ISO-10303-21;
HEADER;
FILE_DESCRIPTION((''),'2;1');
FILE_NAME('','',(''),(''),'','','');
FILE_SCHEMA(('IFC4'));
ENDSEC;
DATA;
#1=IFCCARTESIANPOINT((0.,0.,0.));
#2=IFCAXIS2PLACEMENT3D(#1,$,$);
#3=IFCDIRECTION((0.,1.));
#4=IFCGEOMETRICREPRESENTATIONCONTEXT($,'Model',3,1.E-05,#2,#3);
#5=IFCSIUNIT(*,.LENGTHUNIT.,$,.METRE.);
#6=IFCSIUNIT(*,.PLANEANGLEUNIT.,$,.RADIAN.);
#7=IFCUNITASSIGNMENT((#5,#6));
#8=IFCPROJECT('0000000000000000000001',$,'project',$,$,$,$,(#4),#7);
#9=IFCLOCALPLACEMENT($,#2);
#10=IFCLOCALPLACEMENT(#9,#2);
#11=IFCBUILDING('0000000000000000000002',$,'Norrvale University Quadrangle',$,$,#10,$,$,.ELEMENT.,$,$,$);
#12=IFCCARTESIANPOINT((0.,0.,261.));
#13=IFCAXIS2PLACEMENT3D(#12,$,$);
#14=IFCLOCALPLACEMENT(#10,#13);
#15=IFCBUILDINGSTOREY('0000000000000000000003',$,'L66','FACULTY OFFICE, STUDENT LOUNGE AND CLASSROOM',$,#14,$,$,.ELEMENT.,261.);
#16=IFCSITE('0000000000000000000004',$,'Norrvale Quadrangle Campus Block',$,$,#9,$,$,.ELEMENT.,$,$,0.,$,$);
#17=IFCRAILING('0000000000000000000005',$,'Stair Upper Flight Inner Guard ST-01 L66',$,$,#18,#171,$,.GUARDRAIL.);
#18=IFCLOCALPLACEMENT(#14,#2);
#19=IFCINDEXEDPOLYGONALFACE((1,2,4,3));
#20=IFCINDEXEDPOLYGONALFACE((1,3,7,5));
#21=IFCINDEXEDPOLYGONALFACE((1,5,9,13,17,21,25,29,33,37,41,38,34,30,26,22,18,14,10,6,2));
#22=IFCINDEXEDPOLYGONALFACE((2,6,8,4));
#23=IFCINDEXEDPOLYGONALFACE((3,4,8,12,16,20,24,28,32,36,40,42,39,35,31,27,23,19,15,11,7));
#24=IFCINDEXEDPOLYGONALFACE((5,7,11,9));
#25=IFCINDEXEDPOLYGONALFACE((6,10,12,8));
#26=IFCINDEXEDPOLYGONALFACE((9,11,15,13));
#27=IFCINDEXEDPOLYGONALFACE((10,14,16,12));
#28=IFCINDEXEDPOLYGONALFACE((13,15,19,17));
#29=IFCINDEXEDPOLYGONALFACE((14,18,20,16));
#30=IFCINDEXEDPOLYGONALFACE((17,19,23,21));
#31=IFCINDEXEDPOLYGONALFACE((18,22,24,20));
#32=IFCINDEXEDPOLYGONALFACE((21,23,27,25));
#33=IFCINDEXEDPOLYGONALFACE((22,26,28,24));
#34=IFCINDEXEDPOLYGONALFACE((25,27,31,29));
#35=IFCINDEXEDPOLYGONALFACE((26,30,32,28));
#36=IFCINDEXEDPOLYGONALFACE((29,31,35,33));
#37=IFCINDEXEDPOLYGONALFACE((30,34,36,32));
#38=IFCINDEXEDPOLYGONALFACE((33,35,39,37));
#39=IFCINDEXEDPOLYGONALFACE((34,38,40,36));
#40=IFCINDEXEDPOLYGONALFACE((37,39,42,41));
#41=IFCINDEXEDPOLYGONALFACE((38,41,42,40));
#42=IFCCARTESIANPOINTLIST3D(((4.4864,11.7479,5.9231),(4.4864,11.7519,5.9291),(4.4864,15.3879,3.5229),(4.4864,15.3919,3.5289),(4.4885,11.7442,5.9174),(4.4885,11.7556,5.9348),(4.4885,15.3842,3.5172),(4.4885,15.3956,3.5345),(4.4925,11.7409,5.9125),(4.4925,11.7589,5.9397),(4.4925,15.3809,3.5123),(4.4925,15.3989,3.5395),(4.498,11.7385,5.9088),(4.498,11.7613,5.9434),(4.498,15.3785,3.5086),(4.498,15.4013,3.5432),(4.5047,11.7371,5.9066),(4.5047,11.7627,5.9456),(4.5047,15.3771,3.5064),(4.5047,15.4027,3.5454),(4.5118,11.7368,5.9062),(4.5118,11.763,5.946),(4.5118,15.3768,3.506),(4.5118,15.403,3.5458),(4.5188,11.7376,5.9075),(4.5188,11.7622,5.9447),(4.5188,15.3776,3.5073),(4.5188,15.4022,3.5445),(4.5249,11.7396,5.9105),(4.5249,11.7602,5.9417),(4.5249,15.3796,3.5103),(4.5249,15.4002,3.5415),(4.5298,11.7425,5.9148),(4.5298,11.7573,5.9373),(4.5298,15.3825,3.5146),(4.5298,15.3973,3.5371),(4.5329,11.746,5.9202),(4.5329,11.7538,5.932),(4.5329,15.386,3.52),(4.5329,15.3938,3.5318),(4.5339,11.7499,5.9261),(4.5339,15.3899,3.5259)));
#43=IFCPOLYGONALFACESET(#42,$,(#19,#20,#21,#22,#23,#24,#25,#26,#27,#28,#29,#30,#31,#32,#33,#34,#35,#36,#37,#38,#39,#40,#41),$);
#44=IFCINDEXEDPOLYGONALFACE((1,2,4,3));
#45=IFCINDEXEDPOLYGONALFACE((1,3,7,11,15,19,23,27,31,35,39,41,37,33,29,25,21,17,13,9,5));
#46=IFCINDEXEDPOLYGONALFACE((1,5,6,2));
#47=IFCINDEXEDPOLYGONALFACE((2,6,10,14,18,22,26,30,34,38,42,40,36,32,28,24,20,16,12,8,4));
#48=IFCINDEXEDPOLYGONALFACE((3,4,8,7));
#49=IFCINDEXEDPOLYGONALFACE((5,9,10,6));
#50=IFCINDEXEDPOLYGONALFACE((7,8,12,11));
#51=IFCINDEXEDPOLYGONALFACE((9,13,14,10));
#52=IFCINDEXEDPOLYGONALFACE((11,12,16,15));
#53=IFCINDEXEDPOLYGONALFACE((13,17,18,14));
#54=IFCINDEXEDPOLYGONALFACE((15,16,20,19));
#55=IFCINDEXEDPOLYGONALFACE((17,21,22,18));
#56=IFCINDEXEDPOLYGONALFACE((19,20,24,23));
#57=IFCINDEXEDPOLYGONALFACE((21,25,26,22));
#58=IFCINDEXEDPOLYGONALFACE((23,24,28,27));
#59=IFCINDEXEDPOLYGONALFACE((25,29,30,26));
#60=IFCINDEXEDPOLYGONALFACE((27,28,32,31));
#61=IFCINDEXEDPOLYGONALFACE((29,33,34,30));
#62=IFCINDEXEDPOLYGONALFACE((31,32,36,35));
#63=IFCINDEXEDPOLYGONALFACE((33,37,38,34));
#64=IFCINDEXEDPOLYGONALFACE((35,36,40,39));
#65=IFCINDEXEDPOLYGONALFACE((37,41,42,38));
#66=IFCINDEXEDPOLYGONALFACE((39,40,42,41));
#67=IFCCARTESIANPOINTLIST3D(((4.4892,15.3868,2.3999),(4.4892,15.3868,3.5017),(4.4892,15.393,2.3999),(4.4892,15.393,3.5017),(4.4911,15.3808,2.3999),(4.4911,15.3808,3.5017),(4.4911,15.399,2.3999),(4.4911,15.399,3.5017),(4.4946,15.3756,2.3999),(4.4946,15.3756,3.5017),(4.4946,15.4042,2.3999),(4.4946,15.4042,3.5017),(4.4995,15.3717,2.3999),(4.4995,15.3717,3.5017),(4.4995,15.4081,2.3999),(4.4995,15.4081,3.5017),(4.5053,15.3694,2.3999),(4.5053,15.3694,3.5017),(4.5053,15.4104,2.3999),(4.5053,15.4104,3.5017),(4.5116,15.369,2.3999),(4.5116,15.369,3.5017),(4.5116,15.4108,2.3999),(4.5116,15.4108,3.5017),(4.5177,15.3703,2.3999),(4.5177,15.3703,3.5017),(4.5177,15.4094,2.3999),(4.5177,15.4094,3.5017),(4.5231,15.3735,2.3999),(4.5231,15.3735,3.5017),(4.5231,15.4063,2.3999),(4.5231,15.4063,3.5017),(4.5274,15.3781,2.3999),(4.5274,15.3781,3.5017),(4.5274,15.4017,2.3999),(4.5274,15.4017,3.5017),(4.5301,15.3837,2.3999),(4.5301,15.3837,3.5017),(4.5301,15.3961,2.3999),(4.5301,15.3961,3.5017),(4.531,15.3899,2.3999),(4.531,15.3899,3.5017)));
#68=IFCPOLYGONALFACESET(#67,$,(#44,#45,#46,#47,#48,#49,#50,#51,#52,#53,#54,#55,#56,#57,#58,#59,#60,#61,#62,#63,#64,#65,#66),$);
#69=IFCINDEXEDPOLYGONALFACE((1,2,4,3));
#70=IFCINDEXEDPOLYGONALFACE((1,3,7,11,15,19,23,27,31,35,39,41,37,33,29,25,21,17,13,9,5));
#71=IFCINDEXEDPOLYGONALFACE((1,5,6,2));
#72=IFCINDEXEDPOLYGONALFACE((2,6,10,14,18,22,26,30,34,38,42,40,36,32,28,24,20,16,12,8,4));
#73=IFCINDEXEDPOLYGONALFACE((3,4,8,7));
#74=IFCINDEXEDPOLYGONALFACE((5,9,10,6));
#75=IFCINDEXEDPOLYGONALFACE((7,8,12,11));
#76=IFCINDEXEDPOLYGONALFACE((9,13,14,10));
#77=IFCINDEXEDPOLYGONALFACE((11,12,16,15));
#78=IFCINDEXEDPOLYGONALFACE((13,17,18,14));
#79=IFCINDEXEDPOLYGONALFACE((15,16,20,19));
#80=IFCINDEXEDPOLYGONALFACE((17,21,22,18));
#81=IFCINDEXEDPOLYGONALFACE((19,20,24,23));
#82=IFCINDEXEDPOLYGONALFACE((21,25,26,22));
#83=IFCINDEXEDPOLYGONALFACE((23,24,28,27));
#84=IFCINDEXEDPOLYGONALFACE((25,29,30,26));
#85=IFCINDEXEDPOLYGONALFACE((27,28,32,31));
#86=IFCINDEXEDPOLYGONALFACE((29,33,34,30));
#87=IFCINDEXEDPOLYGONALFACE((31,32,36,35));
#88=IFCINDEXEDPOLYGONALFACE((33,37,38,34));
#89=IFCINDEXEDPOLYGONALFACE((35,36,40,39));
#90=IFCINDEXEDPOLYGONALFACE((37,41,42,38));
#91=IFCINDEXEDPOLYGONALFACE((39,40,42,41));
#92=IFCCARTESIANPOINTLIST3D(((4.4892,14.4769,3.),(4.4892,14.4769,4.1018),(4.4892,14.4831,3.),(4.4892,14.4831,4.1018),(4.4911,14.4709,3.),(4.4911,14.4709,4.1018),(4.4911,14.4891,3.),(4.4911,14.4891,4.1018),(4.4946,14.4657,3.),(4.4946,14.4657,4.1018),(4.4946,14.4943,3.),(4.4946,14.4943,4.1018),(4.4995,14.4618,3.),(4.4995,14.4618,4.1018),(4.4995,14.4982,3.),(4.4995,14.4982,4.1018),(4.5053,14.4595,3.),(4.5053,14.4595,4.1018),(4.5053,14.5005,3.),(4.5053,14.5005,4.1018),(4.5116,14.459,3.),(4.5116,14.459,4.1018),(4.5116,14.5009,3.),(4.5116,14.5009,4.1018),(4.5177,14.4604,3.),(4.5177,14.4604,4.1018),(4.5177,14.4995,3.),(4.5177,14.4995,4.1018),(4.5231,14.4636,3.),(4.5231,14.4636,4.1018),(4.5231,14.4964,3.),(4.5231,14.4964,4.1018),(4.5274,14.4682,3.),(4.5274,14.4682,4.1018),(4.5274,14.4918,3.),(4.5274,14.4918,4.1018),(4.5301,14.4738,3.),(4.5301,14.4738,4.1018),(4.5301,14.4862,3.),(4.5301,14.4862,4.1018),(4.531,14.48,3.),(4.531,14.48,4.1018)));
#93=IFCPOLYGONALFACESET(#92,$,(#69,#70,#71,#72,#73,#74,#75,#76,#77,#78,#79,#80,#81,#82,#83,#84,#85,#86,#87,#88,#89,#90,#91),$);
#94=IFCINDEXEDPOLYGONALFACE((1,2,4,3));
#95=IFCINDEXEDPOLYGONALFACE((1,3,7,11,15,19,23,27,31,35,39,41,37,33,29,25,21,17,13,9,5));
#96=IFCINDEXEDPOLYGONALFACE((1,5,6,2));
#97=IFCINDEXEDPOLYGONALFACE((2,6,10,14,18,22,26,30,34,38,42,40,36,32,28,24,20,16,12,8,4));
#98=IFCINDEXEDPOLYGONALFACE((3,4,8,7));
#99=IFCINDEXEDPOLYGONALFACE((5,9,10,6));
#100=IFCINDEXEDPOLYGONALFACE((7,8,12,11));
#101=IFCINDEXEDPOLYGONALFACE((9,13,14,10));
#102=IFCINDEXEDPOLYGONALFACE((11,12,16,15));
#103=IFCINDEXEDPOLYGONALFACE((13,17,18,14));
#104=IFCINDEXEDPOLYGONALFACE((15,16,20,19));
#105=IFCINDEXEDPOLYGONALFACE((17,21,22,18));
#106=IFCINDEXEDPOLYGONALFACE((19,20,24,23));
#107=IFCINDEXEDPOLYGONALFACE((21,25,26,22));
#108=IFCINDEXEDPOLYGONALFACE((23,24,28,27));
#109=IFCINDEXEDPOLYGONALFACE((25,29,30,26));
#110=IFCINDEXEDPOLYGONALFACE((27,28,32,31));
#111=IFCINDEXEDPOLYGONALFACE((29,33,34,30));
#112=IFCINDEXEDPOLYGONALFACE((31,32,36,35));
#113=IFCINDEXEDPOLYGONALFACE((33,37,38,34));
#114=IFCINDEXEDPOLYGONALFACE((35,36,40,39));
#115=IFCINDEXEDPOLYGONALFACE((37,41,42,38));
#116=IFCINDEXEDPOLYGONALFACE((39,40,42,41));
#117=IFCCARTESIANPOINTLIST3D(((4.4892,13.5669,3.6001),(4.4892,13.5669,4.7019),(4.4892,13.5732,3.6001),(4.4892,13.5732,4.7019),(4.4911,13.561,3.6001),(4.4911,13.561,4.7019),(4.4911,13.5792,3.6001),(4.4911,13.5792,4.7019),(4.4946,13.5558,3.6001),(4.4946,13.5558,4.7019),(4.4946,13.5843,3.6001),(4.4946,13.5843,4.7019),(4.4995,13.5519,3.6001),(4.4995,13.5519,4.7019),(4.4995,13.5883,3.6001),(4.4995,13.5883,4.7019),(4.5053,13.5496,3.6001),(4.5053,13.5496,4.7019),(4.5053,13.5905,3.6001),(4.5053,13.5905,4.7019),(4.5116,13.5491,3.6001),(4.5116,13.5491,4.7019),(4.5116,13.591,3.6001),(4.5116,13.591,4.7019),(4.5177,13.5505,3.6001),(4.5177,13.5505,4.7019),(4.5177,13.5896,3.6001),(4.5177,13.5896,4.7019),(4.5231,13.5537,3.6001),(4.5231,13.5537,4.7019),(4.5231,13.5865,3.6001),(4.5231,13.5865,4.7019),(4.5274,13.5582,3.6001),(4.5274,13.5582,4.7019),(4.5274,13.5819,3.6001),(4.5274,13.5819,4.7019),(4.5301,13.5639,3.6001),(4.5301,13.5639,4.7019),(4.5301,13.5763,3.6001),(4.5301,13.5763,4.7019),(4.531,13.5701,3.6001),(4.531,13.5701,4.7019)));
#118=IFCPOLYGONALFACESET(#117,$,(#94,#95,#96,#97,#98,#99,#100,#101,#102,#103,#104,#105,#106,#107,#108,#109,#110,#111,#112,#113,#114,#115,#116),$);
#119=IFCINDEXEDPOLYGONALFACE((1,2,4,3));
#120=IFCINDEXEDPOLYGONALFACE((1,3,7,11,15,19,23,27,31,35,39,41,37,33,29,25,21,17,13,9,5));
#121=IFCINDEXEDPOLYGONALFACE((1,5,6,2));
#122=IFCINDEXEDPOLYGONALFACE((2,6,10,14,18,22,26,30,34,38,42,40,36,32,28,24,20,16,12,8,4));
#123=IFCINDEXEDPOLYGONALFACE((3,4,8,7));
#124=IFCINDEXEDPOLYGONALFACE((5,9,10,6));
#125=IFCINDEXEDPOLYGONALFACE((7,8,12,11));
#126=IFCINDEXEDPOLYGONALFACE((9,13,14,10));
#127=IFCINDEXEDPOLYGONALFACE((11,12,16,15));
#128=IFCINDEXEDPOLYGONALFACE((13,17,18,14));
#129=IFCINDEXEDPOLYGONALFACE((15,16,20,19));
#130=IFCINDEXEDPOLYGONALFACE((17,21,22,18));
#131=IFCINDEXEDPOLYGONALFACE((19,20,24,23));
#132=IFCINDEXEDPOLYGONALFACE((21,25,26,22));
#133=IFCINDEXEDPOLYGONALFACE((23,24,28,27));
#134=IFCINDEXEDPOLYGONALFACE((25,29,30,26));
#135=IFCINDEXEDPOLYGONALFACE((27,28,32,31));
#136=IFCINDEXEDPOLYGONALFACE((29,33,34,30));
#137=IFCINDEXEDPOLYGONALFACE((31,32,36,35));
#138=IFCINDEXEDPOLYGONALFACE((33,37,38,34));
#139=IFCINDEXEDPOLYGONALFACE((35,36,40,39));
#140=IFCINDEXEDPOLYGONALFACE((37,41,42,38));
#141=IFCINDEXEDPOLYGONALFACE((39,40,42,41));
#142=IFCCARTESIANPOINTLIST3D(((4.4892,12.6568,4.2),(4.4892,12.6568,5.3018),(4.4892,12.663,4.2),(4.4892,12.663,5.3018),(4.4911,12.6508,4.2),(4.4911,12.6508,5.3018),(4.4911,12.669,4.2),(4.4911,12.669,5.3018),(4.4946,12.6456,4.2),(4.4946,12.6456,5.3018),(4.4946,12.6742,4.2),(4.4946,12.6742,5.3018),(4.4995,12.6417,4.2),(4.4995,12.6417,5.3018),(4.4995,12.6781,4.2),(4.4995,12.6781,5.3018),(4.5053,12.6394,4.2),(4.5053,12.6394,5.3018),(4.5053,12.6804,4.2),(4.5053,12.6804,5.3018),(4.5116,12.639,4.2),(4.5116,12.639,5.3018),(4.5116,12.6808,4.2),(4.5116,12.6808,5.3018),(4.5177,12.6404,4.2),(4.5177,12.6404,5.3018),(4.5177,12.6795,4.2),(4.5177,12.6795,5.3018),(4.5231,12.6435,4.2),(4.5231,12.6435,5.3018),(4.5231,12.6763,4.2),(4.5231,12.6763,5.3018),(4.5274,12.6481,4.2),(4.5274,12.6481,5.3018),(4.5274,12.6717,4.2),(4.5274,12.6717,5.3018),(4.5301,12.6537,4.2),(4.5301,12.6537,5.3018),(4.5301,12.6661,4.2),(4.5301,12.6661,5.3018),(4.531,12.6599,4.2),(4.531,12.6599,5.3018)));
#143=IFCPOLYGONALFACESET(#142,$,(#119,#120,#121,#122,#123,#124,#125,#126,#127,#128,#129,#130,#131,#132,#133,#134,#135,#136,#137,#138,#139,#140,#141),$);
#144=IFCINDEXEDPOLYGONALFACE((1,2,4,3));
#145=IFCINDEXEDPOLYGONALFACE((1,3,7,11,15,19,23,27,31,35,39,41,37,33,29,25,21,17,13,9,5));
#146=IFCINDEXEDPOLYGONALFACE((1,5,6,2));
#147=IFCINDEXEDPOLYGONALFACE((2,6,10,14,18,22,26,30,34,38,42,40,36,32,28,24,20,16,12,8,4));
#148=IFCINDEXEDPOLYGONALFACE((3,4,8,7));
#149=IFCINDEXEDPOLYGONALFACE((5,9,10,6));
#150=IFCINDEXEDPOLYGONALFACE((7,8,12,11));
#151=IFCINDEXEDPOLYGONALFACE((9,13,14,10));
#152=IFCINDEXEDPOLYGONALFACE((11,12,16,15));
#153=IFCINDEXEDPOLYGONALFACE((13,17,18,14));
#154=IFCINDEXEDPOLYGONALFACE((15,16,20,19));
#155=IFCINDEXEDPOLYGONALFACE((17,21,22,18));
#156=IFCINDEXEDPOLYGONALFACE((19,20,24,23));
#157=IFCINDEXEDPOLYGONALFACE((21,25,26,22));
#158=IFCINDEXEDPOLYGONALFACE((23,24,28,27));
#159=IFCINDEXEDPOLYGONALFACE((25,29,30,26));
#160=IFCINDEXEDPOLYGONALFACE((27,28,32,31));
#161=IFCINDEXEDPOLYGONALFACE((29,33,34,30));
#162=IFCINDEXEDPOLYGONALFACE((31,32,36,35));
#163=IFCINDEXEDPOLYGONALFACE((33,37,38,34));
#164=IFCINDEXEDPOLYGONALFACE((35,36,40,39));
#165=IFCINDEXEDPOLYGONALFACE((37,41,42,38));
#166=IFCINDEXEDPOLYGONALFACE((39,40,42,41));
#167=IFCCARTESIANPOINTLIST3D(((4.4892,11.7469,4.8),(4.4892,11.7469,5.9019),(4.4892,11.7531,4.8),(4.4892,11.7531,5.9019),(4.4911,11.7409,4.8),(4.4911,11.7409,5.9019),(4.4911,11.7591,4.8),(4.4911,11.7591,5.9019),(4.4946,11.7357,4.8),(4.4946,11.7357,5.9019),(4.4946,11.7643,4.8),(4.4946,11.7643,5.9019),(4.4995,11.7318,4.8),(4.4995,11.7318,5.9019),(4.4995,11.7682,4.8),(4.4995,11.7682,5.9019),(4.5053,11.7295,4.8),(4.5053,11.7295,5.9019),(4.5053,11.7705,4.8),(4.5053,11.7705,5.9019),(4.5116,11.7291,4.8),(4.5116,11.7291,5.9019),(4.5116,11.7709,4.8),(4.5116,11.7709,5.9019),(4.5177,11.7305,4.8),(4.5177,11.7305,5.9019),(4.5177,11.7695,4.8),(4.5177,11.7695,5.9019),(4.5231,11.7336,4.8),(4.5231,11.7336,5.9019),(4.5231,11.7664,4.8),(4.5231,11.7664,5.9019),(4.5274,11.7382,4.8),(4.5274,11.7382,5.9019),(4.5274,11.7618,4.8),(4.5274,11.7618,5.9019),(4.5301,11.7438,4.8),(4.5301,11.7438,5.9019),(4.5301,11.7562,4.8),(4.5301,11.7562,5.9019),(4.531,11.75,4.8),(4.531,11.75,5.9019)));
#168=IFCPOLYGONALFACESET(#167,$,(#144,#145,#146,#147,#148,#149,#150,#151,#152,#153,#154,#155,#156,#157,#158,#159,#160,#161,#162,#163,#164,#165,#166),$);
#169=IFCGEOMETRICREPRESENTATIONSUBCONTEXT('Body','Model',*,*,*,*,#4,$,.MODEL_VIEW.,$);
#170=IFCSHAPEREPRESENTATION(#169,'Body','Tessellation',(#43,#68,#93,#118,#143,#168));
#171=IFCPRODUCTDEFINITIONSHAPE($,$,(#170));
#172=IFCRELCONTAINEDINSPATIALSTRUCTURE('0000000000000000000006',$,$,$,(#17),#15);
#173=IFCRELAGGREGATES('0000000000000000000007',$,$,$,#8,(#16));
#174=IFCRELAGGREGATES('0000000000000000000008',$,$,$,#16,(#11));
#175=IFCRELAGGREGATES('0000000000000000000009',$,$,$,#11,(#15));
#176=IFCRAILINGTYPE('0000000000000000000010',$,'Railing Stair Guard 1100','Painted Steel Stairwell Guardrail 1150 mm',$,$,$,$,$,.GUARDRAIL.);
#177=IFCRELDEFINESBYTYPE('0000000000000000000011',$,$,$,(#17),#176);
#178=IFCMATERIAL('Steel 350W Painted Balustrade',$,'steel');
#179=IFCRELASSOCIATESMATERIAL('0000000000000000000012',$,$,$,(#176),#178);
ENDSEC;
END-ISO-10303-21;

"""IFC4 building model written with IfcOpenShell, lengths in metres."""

from ifc_helpers import new_model, si_unit, direction, frame, origin, origin_2d, place, context, subcontext, project, spatial, circle, extrude, material, type_object, element, save


model = new_model("IFC4")

# Units and contexts
model_context = context("Model", 3, precision=1e-05, world=origin(), true_north=direction((0.0, 1.0)))
body_context = subcontext(model_context, "Body", "Model", "MODEL_VIEW")
ifc_project = project(units=[si_unit("LENGTHUNIT", "METRE"), si_unit("PLANEANGLEUNIT", "RADIAN")], contexts=[model_context])

# Site, building, storey
site_placement = place(None, origin())
site = spatial("IfcSite", under=ifc_project, at=site_placement, Name="Norrvale Quadrangle Campus Block", CompositionType="ELEMENT", RefElevation=0.0)
building_placement = place(site_placement, origin())
building = spatial("IfcBuilding", under=site, at=building_placement, Name="Norrvale University Quadrangle", CompositionType="ELEMENT")
storey_placement = place(building_placement, frame((0.0, 0.0, 261.0)))
storey = spatial("IfcBuildingStorey", under=building, at=storey_placement, Name="L66", Description="FACULTY OFFICE, STUDENT LOUNGE AND CLASSROOM", CompositionType="ELEMENT", Elevation=261.0)

# Railing
ifc_material_1 = material(Name="Steel 350W Painted Balustrade", Category="steel")
railing_type_1 = type_object("IfcRailingType", Name="Railing Stair Guard 1100", Description="Painted Steel Stairwell Guardrail 1150 mm", PredefinedType="GUARDRAIL", material=ifc_material_1)
railing_1_placement = place(storey_placement, frame((4.51, 15.3899, 2.3999)))
element("IfcRailing", 1, at=railing_1_placement, inside=storey, type_object=railing_type_1, Name="Stair Upper Flight Inner Guard ST-01 L66", PredefinedType="GUARDRAIL", context=body_context, shape_type="SweptSolid", body=[
    extrude(circle(Radius=0.0239, at=origin_2d()), frame((0.0, 0.0, 1.126), z_axis=(0.0, -0.834839, 0.550493), x_axis=(1.0, 0.0, 0.0)), (0.0, 0.0, 1.0), 4.3601),
    extrude(circle(Radius=0.021, at=origin_2d()), origin(), (0.0, 0.0, 1.0), 1.1018),
    extrude(circle(Radius=0.021, at=origin_2d()), frame((0.0, -0.9099, 0.6001)), (0.0, 0.0, 1.0), 1.1018),
    extrude(circle(Radius=0.021, at=origin_2d()), frame((0.0, -1.8198, 1.2002)), (0.0, 0.0, 1.0), 1.1018),
    extrude(circle(Radius=0.021, at=origin_2d()), frame((0.0, -2.73, 1.8)), (0.0, 0.0, 1.0), 1.1018),
    extrude(circle(Radius=0.021, at=origin_2d()), frame((0.0, -3.6399, 2.4001)), (0.0, 0.0, 1.0), 1.1018),
])

save(model, "model.ifc")
